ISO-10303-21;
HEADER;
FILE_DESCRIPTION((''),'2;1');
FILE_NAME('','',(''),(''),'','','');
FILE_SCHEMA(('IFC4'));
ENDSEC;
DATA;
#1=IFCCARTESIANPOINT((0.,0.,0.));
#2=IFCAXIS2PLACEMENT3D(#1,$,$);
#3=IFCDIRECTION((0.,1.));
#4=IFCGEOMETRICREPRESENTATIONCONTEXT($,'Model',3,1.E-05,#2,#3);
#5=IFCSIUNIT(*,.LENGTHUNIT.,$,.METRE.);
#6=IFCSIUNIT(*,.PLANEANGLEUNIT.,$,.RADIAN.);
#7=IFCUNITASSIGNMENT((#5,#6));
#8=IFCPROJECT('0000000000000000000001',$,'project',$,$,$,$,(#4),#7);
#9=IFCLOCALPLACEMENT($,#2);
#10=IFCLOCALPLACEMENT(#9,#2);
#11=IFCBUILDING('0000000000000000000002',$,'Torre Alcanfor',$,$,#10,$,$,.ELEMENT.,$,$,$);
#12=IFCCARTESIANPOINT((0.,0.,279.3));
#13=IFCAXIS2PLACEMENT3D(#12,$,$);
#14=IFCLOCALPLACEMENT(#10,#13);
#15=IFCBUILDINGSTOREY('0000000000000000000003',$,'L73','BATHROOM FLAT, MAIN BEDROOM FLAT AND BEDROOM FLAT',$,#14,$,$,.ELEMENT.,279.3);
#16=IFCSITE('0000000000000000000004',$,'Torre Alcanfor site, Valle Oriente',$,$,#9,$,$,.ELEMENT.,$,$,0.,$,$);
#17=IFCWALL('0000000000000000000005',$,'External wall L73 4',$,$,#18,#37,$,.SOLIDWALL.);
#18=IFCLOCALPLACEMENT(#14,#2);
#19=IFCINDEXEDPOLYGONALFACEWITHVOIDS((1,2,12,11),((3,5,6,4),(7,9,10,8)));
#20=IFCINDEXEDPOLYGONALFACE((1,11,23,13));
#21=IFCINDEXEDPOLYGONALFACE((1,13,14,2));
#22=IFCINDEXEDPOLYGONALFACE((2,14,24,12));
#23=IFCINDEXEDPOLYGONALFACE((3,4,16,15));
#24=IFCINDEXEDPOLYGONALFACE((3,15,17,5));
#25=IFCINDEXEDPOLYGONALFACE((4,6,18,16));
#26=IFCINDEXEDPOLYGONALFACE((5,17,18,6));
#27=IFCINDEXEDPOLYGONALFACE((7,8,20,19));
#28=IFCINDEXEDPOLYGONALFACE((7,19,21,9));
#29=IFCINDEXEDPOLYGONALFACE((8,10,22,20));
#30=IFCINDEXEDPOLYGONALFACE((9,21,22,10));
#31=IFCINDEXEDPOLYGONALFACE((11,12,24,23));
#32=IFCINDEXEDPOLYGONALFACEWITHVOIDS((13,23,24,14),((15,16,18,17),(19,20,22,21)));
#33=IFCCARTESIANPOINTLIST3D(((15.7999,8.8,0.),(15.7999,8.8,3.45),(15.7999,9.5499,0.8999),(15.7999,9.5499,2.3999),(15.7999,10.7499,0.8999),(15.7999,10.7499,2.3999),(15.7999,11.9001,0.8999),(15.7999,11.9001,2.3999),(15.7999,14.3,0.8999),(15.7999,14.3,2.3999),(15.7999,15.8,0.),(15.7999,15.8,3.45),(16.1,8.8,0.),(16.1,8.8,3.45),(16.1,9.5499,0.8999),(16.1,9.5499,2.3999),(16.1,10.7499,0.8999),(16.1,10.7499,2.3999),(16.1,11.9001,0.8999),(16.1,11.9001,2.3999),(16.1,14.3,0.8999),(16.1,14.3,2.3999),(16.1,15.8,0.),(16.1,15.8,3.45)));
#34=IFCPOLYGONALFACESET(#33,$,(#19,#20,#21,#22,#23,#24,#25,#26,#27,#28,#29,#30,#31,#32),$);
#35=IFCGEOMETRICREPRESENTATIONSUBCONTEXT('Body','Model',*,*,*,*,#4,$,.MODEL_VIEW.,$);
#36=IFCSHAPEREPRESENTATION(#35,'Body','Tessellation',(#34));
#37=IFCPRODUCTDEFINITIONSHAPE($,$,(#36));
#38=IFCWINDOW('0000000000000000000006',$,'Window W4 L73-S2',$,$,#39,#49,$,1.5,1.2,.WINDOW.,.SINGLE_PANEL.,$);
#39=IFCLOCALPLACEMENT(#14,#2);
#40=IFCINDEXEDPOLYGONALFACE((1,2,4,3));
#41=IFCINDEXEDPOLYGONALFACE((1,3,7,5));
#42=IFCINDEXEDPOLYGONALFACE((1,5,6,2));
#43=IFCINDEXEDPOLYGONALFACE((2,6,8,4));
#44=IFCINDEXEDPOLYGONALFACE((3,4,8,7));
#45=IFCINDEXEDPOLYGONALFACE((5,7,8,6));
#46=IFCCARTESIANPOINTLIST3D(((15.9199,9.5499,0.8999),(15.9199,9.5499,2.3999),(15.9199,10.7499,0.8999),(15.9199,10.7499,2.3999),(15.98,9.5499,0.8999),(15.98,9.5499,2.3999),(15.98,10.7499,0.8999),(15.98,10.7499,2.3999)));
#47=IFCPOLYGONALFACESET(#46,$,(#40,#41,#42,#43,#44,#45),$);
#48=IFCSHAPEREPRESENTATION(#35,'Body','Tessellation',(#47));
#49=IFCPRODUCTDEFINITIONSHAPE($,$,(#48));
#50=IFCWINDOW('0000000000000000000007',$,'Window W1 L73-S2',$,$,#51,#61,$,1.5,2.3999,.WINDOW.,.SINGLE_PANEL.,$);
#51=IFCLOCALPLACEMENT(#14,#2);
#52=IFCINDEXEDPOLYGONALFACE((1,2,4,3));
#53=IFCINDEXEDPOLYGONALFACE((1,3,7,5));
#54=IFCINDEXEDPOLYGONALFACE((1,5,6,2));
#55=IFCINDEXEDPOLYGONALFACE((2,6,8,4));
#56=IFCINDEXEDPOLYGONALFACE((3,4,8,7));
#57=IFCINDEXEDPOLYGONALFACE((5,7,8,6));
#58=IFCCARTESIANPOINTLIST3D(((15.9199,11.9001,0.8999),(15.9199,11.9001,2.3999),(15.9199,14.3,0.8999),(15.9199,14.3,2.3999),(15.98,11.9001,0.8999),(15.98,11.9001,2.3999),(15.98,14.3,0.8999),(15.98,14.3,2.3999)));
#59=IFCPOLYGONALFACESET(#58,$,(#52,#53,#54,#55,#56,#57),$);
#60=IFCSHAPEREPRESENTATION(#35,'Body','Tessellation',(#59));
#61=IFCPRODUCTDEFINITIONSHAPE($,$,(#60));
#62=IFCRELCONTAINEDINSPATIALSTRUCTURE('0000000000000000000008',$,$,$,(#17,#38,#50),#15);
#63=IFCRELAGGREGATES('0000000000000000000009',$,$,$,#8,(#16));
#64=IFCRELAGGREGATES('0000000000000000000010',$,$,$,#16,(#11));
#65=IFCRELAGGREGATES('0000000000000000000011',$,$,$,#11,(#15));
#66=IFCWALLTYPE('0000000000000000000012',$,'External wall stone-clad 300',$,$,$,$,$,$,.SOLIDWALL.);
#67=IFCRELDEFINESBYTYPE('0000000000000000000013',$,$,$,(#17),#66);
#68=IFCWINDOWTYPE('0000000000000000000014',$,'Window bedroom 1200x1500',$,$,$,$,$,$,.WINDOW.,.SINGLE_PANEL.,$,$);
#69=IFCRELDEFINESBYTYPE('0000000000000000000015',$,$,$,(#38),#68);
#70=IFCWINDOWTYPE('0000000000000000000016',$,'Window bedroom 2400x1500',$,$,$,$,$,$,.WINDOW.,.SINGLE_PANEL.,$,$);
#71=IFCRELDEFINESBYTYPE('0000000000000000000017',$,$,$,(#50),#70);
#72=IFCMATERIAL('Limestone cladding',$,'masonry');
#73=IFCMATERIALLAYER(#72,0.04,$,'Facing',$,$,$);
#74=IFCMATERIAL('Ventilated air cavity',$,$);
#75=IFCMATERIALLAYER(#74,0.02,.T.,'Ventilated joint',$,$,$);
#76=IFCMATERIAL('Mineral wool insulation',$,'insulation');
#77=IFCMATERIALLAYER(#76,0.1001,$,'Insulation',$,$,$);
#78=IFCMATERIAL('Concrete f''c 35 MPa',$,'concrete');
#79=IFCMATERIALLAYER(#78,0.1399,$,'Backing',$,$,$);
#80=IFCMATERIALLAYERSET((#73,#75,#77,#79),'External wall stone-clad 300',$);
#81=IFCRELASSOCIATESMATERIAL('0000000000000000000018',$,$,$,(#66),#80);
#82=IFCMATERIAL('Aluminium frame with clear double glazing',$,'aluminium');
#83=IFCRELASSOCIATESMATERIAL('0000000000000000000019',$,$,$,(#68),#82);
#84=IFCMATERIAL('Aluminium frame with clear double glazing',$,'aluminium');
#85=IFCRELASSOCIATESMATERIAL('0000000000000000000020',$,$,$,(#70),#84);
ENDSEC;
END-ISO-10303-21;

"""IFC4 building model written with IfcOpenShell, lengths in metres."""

from ifc_helpers import new_model, si_unit, direction, frame, frame_2d, origin, place, context, subcontext, project, spatial, rectangle, extrude, material, layer, layer_set, type_object, element, fill, save


model = new_model("IFC4")

# Units and contexts
model_context = context("Model", 3, precision=1e-05, world=origin(), true_north=direction((0.0, 1.0)))
body_context = subcontext(model_context, "Body", "Model", "MODEL_VIEW")
ifc_project = project(units=[si_unit("LENGTHUNIT", "METRE"), si_unit("PLANEANGLEUNIT", "RADIAN")], contexts=[model_context])

# Site, building, storey
site_placement = place(None, origin())
site = spatial("IfcSite", under=ifc_project, at=site_placement, Name="Torre Alcanfor site, Valle Oriente", CompositionType="ELEMENT", RefElevation=0.0)
building_placement = place(site_placement, origin())
building = spatial("IfcBuilding", under=site, at=building_placement, Name="Torre Alcanfor", CompositionType="ELEMENT")
storey_placement = place(building_placement, frame((0.0, 0.0, 279.3)))
storey = spatial("IfcBuildingStorey", under=building, at=storey_placement, Name="L73", Description="BATHROOM FLAT, MAIN BEDROOM FLAT AND BEDROOM FLAT", CompositionType="ELEMENT", Elevation=279.3)

# Wall, openings, windows
ifc_material_1 = material(Name="Limestone cladding", Category="masonry")
ifc_layer_1 = layer(ifc_material_1, 0.04, Name="Facing")
ifc_material_2 = material(Name="Ventilated air cavity")
ifc_layer_2 = layer(ifc_material_2, 0.02, ventilated=True, Name="Ventilated joint")
ifc_material_3 = material(Name="Mineral wool insulation", Category="insulation")
ifc_layer_3 = layer(ifc_material_3, 0.1001, Name="Insulation")
ifc_material_4 = material(Name="Concrete f'c 35 MPa", Category="concrete")
ifc_layer_4 = layer(ifc_material_4, 0.1399, Name="Backing")
ifc_layer_set_1 = layer_set([ifc_layer_1, ifc_layer_2, ifc_layer_3, ifc_layer_4], Name="External wall stone-clad 300")
wall_type_1 = type_object("IfcWallType", Name="External wall stone-clad 300", PredefinedType="SOLIDWALL", material=ifc_layer_set_1)
ifc_material_5 = material(Name="Aluminium frame with clear double glazing", Category="aluminium")
window_type_1 = type_object("IfcWindowType", Name="Window bedroom 1200x1500", PartitioningType="SINGLE_PANEL", PredefinedType="WINDOW", material=ifc_material_5)
ifc_material_6 = material(Name="Aluminium frame with clear double glazing", Category="aluminium")
window_type_2 = type_object("IfcWindowType", Name="Window bedroom 2400x1500", PartitioningType="SINGLE_PANEL", PredefinedType="WINDOW", material=ifc_material_6)
wall_1_placement = place(storey_placement, frame((15.95, 15.8, 0.0), z_axis=(0.0, 0.0, 1.0), x_axis=(0.0, -1.0, 0.0)))
wall_1 = element("IfcWall", 1, at=wall_1_placement, inside=storey, type_object=wall_type_1, Name="External wall L73 4", PredefinedType="SOLIDWALL", context=body_context, shape_type="SweptSolid", body=[
    extrude(rectangle(XDim=7.0, YDim=0.3, at=frame_2d((3.5, 0.0))), origin(), (0.0, 0.0, 1.0), 3.45),
])
opening_1_placement = place(wall_1_placement, frame((1.5, 0.0, 0.8999)))
opening_1 = element("IfcOpeningElement", 2, at=opening_1_placement, cuts=wall_1, PredefinedType="OPENING", context=body_context, shape_type="SweptSolid", body=[
    extrude(rectangle(XDim=2.3999, YDim=1.5, at=frame_2d((1.2, 0.75))), frame((0.0, 0.1599, 0.0), z_axis=(0.0, -1.0, 0.0), x_axis=(1.0, 0.0, 0.0)), (0.0, 0.0, 1.0), 0.3201),
])
opening_2_placement = place(wall_1_placement, frame((5.05, 0.0, 0.8999)))
opening_2 = element("IfcOpeningElement", 3, at=opening_2_placement, cuts=wall_1, PredefinedType="OPENING", context=body_context, shape_type="SweptSolid", body=[
    extrude(rectangle(XDim=1.2, YDim=1.5, at=frame_2d((0.6001, 0.75))), frame((0.0, 0.1599, 0.0), z_axis=(0.0, -1.0, 0.0), x_axis=(1.0, 0.0, 0.0)), (0.0, 0.0, 1.0), 0.3201),
])
window_1_placement = place(opening_2_placement, origin())
window_1 = element("IfcWindow", 4, at=window_1_placement, inside=storey, type_object=window_type_1, Name="Window W4 L73-S2", OverallHeight=1.5, OverallWidth=1.2, PartitioningType="SINGLE_PANEL", PredefinedType="WINDOW", context=body_context, shape_type="SweptSolid", body=[
    extrude(rectangle(XDim=1.2, YDim=1.5, at=frame_2d((0.6001, 0.75))), frame((0.0, 0.03, 0.0), z_axis=(0.0, -1.0, 0.0), x_axis=(1.0, 0.0, 0.0)), (0.0, 0.0, 1.0), 0.0601),
])
fill(opening_2, window_1)
window_2_placement = place(opening_1_placement, origin())
window_2 = element("IfcWindow", 5, at=window_2_placement, inside=storey, type_object=window_type_2, Name="Window W1 L73-S2", OverallHeight=1.5, OverallWidth=2.3999, PartitioningType="SINGLE_PANEL", PredefinedType="WINDOW", context=body_context, shape_type="SweptSolid", body=[
    extrude(rectangle(XDim=2.3999, YDim=1.5, at=frame_2d((1.2, 0.75))), frame((0.0, 0.03, 0.0), z_axis=(0.0, -1.0, 0.0), x_axis=(1.0, 0.0, 0.0)), (0.0, 0.0, 1.0), 0.0601),
])
fill(opening_1, window_2)

save(model, "model.ifc")
